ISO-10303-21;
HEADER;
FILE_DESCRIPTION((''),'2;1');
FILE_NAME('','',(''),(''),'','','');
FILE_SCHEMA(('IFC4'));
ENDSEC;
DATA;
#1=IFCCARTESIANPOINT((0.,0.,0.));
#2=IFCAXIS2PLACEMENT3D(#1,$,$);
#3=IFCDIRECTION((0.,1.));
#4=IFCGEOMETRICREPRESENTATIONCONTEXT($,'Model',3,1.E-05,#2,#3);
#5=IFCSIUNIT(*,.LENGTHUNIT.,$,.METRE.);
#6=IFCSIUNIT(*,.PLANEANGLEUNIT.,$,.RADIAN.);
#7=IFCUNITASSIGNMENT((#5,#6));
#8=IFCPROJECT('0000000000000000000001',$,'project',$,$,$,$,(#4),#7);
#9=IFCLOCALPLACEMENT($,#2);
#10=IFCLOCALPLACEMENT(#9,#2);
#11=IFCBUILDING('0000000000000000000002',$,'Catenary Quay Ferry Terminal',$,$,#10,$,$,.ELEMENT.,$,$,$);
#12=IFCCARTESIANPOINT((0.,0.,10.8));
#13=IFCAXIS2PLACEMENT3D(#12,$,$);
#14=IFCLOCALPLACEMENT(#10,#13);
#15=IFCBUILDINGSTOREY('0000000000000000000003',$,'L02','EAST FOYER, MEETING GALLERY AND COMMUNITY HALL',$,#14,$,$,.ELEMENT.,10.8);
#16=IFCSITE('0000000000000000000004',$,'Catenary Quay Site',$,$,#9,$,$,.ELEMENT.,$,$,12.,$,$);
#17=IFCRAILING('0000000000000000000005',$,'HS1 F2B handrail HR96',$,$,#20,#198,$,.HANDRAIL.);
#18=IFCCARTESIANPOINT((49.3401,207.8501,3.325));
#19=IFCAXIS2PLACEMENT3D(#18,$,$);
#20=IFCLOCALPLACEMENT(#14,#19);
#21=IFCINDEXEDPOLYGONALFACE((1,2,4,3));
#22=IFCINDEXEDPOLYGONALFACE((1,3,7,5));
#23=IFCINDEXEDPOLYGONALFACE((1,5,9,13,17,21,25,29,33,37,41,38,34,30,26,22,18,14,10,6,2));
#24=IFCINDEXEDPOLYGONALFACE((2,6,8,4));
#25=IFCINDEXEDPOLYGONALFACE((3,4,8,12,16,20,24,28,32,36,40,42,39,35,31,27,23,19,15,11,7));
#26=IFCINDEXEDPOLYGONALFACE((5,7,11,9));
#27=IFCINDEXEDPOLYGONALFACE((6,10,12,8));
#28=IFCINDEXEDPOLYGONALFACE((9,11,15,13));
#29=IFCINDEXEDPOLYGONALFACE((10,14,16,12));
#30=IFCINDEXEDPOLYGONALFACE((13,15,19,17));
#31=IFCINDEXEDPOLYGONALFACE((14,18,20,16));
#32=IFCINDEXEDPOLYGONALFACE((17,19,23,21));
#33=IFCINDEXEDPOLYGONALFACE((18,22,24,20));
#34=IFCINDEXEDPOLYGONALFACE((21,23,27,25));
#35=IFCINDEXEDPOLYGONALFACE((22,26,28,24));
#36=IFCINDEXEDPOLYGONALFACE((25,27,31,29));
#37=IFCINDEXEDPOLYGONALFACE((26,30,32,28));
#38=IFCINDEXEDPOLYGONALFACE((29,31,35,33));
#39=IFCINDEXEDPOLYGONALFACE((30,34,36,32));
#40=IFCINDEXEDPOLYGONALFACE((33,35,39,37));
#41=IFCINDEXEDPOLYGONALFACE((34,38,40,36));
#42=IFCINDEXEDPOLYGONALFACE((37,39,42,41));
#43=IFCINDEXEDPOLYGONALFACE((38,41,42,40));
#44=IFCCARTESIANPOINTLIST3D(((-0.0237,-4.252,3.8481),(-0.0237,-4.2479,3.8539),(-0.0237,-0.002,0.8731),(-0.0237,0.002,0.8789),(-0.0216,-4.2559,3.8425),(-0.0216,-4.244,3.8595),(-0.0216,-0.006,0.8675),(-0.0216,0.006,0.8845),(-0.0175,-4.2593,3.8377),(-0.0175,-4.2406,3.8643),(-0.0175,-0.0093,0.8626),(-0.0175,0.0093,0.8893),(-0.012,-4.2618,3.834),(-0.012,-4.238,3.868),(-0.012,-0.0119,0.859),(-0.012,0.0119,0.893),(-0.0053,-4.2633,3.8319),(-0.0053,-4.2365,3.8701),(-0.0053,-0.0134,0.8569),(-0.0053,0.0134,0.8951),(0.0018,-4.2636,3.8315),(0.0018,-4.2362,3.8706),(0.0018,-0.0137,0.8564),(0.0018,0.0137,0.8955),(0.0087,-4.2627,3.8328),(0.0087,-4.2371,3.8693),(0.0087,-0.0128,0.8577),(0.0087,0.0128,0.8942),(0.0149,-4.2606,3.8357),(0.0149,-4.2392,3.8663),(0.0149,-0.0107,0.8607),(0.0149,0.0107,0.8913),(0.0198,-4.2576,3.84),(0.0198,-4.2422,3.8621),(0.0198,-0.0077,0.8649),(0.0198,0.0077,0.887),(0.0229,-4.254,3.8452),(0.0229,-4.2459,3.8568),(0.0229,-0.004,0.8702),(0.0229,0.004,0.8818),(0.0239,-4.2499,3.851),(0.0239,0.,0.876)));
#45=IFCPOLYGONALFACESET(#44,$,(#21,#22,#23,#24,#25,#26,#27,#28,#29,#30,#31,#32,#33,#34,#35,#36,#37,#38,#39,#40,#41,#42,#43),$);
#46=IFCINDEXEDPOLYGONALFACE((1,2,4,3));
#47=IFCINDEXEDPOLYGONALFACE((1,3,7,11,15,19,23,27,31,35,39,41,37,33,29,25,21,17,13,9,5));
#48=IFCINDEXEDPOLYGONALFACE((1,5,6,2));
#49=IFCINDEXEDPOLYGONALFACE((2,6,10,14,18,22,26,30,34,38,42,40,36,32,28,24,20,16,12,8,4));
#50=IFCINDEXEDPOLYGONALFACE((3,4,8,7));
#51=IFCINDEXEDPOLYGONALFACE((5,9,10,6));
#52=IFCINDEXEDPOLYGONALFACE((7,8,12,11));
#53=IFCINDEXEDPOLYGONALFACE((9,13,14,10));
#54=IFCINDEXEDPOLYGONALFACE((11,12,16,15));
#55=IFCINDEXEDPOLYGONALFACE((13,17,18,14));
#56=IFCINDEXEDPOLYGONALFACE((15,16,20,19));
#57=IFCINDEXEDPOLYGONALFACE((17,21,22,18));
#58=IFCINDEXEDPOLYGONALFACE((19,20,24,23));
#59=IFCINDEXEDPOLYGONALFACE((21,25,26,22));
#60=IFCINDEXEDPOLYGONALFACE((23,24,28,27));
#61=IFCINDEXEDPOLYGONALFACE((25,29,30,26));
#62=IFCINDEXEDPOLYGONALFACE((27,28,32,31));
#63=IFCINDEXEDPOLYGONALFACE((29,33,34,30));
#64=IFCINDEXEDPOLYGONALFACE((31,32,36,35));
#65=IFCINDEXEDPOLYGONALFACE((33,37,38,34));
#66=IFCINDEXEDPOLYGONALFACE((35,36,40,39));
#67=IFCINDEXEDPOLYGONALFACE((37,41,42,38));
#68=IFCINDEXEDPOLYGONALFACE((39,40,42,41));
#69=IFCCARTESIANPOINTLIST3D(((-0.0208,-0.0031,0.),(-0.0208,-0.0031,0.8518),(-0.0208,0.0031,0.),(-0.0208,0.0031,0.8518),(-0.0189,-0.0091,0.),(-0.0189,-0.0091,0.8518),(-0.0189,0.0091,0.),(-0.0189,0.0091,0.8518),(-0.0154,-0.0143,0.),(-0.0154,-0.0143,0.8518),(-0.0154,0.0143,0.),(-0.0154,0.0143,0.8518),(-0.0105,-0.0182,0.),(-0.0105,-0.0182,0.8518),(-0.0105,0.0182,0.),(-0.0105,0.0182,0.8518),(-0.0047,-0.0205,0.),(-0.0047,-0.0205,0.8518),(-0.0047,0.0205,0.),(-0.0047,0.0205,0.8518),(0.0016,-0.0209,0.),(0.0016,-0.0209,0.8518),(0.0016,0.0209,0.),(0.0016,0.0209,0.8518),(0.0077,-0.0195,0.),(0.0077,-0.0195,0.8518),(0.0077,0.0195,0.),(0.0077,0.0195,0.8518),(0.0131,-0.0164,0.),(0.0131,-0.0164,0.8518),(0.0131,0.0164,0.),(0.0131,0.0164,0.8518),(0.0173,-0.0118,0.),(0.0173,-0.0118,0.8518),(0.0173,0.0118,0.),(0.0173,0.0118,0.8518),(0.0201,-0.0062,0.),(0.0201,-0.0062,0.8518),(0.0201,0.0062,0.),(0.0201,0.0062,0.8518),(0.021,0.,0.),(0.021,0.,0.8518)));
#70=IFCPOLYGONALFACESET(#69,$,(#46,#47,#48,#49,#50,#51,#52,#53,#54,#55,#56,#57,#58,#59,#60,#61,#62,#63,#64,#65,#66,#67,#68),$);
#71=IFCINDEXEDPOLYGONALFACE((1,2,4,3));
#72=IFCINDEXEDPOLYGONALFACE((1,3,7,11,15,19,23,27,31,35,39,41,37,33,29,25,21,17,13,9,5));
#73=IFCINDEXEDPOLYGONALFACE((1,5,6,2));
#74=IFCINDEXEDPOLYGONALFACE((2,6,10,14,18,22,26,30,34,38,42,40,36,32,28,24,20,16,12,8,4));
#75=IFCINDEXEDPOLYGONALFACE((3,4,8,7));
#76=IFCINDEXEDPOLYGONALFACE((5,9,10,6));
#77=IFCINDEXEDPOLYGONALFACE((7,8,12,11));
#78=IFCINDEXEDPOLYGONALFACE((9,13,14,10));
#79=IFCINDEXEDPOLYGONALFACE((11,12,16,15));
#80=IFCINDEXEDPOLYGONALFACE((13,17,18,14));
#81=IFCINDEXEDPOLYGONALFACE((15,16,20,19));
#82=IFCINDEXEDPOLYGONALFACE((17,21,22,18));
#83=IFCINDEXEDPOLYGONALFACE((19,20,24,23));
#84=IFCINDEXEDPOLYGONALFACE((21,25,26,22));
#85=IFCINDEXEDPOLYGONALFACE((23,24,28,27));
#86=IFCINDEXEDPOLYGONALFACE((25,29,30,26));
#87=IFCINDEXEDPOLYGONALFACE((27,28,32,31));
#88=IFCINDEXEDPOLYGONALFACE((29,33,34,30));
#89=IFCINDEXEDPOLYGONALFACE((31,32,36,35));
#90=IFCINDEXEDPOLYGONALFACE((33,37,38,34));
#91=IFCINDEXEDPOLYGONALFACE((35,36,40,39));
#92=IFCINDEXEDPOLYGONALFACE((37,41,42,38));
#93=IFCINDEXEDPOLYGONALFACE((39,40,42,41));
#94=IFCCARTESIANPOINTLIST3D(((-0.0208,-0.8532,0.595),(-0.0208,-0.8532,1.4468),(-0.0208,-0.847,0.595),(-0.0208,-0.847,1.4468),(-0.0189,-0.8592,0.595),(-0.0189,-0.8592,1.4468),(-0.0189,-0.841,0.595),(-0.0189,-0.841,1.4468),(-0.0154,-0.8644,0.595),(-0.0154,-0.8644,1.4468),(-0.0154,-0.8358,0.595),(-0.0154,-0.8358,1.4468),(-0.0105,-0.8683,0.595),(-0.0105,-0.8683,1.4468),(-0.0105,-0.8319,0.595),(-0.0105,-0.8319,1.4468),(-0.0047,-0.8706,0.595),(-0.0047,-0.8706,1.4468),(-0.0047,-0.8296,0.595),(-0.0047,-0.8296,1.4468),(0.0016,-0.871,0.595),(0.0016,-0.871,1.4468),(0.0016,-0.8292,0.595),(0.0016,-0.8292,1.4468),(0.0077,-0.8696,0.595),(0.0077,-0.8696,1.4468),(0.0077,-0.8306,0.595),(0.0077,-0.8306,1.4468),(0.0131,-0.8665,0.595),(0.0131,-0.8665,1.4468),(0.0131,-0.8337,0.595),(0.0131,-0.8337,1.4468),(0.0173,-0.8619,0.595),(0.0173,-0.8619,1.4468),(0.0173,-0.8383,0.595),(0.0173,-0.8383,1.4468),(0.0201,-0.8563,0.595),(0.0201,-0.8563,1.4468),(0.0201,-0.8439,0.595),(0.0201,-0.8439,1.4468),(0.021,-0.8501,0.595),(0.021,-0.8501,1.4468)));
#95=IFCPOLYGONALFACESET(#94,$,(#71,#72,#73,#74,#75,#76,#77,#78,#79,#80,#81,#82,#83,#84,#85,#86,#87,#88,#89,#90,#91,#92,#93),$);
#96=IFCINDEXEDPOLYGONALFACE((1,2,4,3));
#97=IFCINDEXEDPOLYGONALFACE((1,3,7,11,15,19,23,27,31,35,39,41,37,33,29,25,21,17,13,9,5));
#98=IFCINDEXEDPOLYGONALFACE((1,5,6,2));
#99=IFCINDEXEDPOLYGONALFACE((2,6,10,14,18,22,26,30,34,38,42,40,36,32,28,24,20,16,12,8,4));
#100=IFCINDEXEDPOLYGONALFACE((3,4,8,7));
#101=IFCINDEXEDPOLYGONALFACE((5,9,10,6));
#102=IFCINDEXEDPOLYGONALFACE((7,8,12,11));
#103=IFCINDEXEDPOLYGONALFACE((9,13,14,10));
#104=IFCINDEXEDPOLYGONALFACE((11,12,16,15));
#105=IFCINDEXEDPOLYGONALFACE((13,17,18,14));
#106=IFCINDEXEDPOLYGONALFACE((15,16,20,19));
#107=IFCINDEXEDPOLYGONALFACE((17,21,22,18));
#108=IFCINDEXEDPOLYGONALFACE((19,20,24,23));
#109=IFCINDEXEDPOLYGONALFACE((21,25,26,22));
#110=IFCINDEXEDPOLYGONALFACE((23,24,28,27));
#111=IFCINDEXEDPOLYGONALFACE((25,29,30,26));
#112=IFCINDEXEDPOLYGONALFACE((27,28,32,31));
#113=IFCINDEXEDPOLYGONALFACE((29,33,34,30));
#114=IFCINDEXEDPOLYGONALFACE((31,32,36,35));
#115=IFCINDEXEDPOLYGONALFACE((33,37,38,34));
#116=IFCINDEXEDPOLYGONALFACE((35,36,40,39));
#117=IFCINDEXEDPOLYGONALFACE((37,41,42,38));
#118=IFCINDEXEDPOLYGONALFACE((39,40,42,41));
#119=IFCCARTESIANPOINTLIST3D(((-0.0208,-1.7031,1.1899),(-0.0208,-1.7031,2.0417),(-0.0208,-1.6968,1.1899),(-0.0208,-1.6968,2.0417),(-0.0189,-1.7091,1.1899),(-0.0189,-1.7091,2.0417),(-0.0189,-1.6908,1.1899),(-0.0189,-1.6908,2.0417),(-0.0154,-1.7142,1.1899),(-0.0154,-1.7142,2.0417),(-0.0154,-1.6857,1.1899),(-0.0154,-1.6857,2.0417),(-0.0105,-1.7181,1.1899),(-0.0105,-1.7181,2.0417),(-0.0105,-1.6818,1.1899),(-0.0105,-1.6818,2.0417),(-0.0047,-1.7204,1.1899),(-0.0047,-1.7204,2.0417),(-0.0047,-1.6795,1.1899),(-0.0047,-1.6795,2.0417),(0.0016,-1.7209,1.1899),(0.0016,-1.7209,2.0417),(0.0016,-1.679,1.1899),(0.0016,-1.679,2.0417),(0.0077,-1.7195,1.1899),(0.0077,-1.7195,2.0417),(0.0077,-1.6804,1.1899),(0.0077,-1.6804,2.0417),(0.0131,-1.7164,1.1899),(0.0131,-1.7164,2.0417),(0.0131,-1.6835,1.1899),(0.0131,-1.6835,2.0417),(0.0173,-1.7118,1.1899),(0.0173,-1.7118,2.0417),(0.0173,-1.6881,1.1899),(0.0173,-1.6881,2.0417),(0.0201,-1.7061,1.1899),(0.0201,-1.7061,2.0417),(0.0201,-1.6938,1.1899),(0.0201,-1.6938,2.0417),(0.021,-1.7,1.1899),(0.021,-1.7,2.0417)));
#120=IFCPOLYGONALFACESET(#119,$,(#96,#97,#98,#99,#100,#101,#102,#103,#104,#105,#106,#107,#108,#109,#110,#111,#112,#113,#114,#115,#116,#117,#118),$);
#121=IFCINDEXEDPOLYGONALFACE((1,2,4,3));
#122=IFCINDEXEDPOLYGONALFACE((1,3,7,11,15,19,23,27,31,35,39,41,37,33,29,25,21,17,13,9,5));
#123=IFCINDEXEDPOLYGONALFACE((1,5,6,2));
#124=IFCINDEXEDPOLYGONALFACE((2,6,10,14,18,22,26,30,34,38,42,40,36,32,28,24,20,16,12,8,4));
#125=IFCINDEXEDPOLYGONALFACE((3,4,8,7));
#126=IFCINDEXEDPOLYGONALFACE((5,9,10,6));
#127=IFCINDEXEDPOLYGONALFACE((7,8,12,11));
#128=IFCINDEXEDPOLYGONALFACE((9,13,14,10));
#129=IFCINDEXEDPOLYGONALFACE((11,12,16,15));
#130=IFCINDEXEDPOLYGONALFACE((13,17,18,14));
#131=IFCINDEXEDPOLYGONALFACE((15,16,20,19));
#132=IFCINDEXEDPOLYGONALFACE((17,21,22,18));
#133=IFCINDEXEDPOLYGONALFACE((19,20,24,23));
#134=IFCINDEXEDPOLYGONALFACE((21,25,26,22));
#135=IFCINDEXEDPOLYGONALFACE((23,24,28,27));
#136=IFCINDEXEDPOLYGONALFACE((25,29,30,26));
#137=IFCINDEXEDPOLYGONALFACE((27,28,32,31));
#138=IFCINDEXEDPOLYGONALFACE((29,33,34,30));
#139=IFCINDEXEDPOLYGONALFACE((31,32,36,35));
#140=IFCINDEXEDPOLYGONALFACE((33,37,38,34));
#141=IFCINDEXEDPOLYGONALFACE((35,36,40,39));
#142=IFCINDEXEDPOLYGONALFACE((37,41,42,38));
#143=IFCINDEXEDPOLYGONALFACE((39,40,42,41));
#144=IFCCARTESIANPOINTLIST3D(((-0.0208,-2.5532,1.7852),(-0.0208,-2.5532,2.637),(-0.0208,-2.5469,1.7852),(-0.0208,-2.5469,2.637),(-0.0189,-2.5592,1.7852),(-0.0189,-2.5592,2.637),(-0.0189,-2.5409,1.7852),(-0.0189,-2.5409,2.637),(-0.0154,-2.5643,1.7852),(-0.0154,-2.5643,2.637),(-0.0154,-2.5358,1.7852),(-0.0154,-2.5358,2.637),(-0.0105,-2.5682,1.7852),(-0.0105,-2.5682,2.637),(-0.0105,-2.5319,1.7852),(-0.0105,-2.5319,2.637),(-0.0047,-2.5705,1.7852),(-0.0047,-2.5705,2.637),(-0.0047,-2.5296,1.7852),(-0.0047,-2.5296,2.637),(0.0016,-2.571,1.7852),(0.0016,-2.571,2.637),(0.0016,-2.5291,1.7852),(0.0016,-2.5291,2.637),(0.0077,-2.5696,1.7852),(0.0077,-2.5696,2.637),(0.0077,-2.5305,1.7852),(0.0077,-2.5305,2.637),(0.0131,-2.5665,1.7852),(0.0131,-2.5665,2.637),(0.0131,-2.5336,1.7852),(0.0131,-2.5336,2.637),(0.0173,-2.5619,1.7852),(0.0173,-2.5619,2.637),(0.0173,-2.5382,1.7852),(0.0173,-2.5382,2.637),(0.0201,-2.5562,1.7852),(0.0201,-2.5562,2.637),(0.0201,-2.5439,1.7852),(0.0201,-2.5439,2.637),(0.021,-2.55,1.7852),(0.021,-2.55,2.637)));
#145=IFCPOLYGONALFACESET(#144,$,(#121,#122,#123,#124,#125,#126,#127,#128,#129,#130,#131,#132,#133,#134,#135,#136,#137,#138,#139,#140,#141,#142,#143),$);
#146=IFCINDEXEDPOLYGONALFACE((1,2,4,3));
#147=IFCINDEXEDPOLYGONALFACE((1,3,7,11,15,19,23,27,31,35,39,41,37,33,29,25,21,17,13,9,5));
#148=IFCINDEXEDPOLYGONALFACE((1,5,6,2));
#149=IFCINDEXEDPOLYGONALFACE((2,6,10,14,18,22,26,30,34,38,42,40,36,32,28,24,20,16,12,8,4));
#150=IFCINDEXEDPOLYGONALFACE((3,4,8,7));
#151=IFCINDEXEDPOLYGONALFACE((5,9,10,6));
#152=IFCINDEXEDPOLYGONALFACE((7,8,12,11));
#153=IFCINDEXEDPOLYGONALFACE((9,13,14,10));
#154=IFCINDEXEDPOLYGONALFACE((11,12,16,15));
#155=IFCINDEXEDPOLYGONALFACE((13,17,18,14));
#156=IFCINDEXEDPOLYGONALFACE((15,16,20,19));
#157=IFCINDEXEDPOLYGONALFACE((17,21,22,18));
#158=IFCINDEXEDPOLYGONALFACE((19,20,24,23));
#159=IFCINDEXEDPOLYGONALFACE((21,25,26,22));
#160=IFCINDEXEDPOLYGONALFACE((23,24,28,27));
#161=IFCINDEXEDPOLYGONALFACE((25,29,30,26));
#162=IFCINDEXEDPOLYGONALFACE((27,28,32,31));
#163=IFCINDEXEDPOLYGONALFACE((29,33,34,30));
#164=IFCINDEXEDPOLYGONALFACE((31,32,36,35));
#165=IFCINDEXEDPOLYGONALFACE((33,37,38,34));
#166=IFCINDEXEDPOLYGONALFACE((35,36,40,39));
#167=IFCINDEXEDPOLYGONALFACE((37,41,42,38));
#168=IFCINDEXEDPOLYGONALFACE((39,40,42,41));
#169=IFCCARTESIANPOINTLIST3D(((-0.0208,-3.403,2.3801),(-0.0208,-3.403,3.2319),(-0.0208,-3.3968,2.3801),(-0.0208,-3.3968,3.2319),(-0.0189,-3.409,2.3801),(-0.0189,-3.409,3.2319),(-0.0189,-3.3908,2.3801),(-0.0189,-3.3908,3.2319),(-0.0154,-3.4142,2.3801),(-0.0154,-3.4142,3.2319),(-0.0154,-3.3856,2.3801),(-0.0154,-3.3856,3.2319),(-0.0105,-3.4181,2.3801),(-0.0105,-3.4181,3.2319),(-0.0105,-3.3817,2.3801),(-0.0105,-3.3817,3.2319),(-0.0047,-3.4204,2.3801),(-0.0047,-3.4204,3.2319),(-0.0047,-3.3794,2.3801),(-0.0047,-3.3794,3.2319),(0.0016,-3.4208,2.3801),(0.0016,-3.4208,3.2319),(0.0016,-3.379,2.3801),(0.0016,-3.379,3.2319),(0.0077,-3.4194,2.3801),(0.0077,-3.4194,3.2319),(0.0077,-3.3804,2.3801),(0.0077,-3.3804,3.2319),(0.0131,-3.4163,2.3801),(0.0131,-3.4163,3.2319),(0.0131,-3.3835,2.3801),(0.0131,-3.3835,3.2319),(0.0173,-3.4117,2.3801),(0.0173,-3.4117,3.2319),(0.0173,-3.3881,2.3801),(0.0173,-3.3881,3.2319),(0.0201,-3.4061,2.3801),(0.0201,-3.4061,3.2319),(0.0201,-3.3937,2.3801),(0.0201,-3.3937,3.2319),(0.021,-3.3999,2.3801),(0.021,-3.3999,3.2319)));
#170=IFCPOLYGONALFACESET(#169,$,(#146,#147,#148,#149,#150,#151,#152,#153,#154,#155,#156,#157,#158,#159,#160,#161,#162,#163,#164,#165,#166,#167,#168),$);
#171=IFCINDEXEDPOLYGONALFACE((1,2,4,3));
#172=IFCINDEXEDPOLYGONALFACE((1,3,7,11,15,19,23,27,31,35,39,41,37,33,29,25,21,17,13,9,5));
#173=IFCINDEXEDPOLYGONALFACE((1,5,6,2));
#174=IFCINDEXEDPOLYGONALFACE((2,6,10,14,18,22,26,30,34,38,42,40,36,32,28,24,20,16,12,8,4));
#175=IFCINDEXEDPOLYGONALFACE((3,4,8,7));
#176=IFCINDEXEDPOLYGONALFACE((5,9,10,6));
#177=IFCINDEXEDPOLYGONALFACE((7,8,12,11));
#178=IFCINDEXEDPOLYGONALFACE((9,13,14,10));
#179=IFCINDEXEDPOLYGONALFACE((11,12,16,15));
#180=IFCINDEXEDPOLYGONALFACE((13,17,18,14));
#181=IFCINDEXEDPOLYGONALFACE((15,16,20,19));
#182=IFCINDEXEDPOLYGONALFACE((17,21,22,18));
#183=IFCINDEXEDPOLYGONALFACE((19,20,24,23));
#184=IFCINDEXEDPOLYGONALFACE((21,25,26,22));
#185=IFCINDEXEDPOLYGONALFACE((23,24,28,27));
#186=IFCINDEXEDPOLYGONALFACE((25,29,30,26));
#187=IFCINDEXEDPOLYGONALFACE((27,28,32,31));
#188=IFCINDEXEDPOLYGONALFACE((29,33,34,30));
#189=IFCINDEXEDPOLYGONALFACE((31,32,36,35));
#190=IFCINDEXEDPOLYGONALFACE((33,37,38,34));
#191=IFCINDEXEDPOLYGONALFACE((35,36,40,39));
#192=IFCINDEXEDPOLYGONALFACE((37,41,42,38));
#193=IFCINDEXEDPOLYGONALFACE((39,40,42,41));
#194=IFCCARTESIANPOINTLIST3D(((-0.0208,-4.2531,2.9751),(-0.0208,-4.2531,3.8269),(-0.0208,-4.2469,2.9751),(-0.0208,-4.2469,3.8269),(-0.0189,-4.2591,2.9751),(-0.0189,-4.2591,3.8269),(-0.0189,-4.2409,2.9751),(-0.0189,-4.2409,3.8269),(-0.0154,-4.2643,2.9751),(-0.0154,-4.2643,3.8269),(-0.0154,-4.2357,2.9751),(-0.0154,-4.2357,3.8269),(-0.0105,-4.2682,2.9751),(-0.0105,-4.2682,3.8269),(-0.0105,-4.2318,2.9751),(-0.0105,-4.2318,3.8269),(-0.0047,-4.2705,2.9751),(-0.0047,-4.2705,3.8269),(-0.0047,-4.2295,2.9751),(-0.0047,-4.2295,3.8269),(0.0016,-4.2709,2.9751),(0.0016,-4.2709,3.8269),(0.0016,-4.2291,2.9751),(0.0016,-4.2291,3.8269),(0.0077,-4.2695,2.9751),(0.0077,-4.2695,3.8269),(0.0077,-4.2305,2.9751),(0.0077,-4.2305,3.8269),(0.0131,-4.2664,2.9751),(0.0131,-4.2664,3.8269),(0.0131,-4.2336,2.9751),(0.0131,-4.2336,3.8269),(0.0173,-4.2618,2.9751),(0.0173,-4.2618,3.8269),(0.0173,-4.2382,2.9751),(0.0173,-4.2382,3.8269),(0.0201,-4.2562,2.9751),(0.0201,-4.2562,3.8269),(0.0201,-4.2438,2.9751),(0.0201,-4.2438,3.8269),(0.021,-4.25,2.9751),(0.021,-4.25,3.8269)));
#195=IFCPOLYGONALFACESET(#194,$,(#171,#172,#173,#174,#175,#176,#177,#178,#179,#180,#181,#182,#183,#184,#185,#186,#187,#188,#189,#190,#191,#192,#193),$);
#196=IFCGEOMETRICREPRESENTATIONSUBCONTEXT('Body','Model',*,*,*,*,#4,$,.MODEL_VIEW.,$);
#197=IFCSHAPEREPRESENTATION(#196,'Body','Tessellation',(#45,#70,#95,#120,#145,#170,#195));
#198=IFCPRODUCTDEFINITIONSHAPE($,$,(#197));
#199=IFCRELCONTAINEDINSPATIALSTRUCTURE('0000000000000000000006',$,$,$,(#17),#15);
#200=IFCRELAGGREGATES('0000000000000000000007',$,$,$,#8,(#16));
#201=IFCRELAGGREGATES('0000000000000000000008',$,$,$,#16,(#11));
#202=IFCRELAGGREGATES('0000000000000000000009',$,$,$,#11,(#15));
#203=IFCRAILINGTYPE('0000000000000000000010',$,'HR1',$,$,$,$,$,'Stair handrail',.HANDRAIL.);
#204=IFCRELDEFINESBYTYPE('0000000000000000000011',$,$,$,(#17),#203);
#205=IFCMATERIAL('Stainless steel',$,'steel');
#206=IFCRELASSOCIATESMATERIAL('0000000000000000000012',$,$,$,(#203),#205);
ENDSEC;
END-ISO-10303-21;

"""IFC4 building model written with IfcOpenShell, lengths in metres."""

from ifc_helpers import new_model, si_unit, direction, frame, origin, origin_2d, place, context, subcontext, project, spatial, circle, extrude, material, type_object, element, save


model = new_model("IFC4")

# Units and contexts
model_context = context("Model", 3, precision=1e-05, world=origin(), true_north=direction((0.0, 1.0)))
body_context = subcontext(model_context, "Body", "Model", "MODEL_VIEW")
ifc_project = project(units=[si_unit("LENGTHUNIT", "METRE"), si_unit("PLANEANGLEUNIT", "RADIAN")], contexts=[model_context])

# Site, building, storey
site_placement = place(None, origin())
site = spatial("IfcSite", under=ifc_project, at=site_placement, Name="Catenary Quay Site", CompositionType="ELEMENT", RefElevation=12.0)
building_placement = place(site_placement, origin())
building = spatial("IfcBuilding", under=site, at=building_placement, Name="Catenary Quay Ferry Terminal", CompositionType="ELEMENT")
storey_placement = place(building_placement, frame((0.0, 0.0, 10.8)))
storey = spatial("IfcBuildingStorey", under=building, at=storey_placement, Name="L02", Description="EAST FOYER, MEETING GALLERY AND COMMUNITY HALL", CompositionType="ELEMENT", Elevation=10.8)

# Railing
ifc_material_1 = material(Name="Stainless steel", Category="steel")
railing_type_1 = type_object("IfcRailingType", Name="HR1", ElementType="Stair handrail", PredefinedType="HANDRAIL", material=ifc_material_1)
for number, where, name in (
    (1, (49.3401, 207.8501, 3.325), "HS1 F2B handrail HR96"),
):
    element("IfcRailing", number, at=place(storey_placement, frame(where)), inside=storey, type_object=railing_type_1, Name=name, PredefinedType="HANDRAIL", context=body_context, shape_type="SweptSolid", body=[
        extrude(circle(Radius=0.0239, at=origin_2d()), frame((0.0, 0.0, 0.876), z_axis=(0.0, -0.819223, 0.573475), x_axis=(1.0, 0.0, 0.0)), (0.0, 0.0, 1.0), 5.1877),
        extrude(circle(Radius=0.021, at=origin_2d()), origin(), (0.0, 0.0, 1.0), 0.8518),
        extrude(circle(Radius=0.021, at=origin_2d()), frame((0.0, -0.8501, 0.595)), (0.0, 0.0, 1.0), 0.8518),
        extrude(circle(Radius=0.021, at=origin_2d()), frame((0.0, -1.7, 1.1899)), (0.0, 0.0, 1.0), 0.8518),
        extrude(circle(Radius=0.021, at=origin_2d()), frame((0.0, -2.55, 1.7852)), (0.0, 0.0, 1.0), 0.8518),
        extrude(circle(Radius=0.021, at=origin_2d()), frame((0.0, -3.3999, 2.3801)), (0.0, 0.0, 1.0), 0.8518),
        extrude(circle(Radius=0.021, at=origin_2d()), frame((0.0, -4.25, 2.9751)), (0.0, 0.0, 1.0), 0.8518),
    ])

save(model, "model.ifc")
